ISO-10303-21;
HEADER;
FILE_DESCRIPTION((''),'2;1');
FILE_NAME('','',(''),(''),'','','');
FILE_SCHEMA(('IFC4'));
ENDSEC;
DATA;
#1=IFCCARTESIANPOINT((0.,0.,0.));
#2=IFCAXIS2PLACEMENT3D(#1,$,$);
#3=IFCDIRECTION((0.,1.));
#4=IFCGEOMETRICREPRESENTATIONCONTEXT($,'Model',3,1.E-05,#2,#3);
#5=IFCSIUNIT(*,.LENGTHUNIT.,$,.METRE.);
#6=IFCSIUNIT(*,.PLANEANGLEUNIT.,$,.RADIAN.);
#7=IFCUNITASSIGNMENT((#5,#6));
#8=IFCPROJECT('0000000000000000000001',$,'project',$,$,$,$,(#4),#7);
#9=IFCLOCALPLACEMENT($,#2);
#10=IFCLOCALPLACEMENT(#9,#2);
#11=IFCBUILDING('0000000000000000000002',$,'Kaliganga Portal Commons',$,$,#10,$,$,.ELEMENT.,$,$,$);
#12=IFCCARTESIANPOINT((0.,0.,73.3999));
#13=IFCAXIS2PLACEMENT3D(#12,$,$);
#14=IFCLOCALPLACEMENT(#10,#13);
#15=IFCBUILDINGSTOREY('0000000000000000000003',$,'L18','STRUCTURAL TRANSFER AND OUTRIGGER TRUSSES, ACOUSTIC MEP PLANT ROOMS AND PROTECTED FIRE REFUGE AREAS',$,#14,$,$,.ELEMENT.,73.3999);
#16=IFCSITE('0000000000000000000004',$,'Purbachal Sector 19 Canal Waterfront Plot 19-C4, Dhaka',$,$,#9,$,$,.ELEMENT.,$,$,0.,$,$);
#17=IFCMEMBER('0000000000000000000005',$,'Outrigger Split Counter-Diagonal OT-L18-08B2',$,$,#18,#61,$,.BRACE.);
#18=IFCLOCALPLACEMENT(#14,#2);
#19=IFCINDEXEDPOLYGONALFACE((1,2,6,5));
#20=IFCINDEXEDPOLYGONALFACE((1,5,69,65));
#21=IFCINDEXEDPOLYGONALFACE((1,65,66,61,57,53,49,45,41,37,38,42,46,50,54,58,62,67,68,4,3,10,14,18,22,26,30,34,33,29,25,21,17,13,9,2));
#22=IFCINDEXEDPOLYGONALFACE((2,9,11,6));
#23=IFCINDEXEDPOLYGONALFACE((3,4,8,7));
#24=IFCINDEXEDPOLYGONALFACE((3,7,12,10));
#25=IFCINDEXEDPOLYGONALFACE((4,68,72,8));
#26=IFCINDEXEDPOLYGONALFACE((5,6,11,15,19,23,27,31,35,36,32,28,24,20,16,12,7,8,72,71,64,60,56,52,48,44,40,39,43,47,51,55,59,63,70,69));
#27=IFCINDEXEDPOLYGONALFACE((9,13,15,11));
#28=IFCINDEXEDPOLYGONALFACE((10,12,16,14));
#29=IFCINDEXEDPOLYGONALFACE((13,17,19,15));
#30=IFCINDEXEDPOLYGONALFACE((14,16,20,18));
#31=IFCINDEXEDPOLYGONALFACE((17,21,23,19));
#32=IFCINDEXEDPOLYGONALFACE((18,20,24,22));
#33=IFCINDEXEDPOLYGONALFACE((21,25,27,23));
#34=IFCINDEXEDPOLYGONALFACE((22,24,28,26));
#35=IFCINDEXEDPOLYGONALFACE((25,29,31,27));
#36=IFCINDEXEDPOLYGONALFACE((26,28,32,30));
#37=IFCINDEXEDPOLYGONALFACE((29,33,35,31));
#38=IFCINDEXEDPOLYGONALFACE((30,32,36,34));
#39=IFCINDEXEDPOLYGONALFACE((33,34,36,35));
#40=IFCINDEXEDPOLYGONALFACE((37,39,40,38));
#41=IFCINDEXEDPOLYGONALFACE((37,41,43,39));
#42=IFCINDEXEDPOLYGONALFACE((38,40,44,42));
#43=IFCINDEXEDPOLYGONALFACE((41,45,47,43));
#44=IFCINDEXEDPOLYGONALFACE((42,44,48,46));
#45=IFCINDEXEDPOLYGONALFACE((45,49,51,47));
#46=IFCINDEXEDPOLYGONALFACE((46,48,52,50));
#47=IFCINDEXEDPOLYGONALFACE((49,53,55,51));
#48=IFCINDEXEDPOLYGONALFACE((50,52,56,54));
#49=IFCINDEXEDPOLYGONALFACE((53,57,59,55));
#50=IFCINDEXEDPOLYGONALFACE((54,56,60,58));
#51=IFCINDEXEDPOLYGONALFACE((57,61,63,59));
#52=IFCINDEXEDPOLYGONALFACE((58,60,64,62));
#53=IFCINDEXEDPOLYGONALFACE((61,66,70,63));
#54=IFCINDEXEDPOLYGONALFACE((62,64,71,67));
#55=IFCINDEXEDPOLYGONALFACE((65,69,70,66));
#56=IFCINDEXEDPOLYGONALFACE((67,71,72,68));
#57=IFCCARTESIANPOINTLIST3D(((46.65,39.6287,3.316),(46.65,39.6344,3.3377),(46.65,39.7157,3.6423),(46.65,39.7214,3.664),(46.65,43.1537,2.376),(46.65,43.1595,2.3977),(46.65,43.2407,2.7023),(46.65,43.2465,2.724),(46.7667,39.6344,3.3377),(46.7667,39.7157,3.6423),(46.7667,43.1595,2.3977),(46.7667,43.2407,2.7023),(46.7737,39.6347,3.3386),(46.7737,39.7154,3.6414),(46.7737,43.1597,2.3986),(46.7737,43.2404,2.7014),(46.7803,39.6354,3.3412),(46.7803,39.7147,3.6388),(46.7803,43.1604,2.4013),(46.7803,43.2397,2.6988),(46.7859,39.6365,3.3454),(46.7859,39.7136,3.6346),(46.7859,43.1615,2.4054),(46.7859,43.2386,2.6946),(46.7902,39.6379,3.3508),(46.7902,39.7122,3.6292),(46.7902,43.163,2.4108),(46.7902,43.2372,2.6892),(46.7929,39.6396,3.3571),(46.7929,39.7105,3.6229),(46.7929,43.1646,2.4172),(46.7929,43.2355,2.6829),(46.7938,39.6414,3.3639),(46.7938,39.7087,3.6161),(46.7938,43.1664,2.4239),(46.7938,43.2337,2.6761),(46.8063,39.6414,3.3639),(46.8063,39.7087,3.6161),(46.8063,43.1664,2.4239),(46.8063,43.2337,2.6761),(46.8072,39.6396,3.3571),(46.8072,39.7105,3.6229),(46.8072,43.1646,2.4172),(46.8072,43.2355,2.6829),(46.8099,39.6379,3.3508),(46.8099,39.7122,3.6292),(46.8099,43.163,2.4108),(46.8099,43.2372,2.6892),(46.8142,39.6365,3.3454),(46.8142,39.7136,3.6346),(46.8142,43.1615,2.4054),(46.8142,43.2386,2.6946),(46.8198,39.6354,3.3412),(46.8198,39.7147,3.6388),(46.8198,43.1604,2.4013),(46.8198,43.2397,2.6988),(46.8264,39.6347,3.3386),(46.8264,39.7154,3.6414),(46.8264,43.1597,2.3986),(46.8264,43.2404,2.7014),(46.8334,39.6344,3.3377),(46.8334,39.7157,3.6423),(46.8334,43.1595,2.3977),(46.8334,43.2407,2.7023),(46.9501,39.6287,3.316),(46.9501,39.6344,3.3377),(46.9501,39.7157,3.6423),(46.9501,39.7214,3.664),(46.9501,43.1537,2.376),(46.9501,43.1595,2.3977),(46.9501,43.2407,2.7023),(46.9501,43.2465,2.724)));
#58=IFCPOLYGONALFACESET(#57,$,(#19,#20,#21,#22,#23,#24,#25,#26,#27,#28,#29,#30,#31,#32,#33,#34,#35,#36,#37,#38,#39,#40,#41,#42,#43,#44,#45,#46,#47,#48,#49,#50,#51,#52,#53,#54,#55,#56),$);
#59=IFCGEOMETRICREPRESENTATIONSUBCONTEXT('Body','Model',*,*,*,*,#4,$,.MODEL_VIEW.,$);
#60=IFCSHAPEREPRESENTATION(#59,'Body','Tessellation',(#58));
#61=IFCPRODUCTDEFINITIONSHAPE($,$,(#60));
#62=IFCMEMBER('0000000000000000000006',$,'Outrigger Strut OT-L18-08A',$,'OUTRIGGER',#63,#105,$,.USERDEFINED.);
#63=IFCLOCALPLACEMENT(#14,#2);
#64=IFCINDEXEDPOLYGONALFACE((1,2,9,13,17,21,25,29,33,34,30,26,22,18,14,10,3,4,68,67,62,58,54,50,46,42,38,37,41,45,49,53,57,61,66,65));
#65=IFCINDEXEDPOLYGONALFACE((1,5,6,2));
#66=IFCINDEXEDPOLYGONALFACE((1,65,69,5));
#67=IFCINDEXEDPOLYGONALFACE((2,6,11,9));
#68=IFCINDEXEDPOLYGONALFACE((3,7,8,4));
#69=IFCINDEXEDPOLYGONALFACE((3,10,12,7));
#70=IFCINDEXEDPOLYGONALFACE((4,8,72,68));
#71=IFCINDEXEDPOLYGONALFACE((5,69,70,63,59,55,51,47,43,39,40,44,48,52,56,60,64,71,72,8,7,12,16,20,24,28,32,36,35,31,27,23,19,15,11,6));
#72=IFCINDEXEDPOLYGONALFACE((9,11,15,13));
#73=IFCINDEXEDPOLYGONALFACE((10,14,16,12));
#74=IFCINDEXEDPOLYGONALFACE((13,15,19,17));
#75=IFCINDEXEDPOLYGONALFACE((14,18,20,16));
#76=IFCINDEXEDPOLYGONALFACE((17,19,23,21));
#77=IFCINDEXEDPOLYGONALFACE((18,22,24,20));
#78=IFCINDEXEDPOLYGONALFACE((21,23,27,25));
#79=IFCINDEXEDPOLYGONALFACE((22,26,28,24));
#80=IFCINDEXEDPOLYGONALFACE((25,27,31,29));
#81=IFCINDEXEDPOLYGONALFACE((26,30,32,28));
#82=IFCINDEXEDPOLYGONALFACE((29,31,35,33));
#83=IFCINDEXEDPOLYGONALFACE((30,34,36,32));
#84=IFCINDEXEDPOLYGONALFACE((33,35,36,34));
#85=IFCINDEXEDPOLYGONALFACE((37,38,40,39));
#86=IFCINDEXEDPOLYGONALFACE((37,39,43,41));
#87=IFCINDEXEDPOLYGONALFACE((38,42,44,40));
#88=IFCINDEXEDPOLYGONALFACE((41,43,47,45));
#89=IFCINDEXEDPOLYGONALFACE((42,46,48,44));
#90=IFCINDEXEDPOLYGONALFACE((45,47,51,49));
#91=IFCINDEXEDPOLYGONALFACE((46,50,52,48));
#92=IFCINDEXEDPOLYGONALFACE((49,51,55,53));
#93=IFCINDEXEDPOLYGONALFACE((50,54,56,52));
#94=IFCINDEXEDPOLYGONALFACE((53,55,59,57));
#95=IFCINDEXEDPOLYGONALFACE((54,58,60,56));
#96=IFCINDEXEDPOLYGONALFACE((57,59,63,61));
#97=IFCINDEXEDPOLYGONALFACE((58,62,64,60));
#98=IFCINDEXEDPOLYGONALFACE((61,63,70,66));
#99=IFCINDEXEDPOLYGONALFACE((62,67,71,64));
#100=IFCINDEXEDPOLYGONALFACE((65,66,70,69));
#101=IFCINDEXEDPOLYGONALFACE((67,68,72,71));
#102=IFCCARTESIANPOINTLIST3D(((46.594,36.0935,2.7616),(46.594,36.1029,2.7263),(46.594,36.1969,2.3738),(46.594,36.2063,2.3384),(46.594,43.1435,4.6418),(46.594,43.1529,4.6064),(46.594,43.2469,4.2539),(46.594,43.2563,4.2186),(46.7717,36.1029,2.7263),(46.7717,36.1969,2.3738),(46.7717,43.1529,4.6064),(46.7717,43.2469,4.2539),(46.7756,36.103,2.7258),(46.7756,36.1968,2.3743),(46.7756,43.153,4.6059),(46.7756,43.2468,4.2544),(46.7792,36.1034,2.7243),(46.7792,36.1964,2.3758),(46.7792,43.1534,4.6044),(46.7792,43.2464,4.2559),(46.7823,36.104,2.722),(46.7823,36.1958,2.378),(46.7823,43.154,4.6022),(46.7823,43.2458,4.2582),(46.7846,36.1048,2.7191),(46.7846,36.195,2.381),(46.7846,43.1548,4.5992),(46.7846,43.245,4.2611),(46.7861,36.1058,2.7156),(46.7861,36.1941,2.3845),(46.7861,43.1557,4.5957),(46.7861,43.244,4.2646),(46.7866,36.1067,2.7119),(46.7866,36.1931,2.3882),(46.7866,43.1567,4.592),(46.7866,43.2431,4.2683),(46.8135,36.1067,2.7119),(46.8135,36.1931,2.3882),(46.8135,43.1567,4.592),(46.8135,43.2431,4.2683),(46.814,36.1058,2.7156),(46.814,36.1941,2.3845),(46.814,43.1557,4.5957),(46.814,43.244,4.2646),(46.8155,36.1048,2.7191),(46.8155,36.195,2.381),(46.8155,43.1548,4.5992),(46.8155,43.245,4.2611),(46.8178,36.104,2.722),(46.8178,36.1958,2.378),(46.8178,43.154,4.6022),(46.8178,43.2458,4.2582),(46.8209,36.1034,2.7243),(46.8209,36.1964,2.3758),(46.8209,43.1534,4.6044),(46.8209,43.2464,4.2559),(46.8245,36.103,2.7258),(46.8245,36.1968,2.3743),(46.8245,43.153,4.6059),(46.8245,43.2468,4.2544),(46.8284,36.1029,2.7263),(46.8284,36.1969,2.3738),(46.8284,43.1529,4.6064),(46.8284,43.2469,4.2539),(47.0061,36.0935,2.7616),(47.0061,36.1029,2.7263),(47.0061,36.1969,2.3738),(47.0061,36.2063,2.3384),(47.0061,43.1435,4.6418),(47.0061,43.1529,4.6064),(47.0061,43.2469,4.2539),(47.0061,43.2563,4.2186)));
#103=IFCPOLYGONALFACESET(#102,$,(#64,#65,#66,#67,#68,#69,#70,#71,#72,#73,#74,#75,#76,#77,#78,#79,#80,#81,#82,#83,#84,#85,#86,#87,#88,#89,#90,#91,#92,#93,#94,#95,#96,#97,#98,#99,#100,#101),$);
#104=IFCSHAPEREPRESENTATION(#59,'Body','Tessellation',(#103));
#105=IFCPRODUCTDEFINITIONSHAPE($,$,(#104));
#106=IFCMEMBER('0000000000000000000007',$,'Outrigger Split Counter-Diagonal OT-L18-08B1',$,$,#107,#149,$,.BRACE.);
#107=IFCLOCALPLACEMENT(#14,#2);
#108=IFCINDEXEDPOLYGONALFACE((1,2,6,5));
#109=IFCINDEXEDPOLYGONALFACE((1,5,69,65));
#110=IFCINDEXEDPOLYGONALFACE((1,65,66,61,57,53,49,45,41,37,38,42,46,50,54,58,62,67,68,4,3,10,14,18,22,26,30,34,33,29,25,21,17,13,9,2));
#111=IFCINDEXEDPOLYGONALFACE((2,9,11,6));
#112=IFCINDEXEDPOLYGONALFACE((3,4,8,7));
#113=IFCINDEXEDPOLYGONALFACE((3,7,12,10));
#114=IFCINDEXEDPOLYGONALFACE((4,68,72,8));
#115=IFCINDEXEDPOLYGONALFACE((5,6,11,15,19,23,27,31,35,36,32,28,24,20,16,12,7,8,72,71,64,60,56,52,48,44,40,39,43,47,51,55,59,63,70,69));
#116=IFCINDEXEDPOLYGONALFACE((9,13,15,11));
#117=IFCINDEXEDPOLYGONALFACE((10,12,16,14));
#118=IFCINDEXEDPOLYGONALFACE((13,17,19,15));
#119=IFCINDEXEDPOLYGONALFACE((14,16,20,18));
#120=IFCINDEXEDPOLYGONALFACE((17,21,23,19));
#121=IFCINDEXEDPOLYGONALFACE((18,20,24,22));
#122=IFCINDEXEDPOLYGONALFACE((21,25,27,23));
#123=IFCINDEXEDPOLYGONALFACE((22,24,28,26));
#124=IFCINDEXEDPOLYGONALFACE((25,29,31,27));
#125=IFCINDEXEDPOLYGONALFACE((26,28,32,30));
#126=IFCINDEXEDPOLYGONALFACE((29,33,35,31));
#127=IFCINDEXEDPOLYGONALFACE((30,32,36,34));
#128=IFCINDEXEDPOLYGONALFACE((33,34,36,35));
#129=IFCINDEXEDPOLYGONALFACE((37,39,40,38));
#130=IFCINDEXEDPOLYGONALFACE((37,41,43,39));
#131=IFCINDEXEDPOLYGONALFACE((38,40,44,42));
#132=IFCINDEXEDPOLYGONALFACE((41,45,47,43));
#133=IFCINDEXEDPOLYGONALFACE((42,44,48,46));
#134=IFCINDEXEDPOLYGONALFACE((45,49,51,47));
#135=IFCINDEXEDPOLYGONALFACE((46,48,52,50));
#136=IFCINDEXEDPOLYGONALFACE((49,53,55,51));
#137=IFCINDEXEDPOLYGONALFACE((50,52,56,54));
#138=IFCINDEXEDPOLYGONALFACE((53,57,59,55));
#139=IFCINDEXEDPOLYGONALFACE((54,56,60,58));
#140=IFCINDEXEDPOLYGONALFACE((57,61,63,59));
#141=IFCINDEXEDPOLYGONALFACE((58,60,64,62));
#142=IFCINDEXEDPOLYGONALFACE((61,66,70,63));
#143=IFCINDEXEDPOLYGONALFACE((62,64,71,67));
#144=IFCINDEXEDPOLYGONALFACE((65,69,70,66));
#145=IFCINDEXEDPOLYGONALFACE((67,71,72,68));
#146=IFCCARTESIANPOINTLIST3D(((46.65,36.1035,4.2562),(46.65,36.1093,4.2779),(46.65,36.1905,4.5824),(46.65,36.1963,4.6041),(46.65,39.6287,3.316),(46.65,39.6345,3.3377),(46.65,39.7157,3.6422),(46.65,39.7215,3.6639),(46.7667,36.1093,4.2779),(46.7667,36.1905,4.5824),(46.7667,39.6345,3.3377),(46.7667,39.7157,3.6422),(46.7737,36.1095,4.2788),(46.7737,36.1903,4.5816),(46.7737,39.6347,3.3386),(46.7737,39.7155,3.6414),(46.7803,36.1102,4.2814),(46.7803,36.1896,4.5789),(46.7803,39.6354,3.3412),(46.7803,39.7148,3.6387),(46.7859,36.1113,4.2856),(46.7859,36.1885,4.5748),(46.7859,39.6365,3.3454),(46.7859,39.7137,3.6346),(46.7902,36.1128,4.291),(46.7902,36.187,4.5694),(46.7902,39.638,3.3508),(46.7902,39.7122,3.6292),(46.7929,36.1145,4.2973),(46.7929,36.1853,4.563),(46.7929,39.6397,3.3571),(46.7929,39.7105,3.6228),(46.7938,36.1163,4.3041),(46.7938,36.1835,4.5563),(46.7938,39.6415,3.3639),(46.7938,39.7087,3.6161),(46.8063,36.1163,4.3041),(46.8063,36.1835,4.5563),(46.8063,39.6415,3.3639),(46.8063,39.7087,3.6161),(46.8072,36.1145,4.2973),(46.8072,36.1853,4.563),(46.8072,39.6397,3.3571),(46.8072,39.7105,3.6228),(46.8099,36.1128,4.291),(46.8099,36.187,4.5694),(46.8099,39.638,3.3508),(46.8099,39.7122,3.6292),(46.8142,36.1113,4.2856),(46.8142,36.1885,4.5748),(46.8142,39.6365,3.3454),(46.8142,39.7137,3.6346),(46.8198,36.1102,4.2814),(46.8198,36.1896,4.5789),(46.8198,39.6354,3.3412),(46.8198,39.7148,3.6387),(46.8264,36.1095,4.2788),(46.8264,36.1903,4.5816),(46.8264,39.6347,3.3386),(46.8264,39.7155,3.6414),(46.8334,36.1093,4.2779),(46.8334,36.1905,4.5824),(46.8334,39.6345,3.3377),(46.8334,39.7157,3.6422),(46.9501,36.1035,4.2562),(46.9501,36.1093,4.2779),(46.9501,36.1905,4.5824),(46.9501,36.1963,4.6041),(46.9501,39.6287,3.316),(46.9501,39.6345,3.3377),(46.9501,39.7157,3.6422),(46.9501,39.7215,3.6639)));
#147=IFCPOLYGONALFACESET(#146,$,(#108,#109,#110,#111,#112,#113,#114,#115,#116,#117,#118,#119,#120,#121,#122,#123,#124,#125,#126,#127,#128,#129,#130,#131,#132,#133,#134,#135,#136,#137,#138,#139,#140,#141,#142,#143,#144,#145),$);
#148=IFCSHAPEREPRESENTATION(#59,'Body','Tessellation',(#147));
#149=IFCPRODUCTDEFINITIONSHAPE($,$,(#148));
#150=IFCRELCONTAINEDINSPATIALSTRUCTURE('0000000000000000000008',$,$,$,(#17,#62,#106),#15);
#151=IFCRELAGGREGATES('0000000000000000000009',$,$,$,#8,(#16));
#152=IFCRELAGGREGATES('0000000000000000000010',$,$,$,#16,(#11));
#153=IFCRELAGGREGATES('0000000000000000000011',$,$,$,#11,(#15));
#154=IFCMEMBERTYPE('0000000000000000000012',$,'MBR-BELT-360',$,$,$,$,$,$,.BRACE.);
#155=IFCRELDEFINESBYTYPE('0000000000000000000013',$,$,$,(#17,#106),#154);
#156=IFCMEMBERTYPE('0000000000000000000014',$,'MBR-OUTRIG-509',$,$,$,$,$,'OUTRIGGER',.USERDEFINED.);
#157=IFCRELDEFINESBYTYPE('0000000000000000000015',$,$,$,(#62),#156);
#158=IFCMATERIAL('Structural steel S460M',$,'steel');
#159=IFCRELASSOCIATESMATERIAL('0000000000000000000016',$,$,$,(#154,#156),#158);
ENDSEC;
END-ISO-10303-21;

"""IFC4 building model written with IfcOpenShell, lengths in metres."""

from ifc_helpers import new_model, si_unit, direction, frame, origin, origin_2d, place, context, subcontext, project, spatial, i_section, extrude, source, transform, mapped, material, material_profile, profile_set, type_object, element, save


model = new_model("IFC4")

# Units and contexts
model_context = context("Model", 3, precision=1e-05, world=origin(), true_north=direction((0.0, 1.0)))
body_context = subcontext(model_context, "Body", "Model", "MODEL_VIEW")
ifc_project = project(units=[si_unit("LENGTHUNIT", "METRE"), si_unit("PLANEANGLEUNIT", "RADIAN")], contexts=[model_context])

# Site, building, storey
site_placement = place(None, origin())
site = spatial("IfcSite", under=ifc_project, at=site_placement, Name="Purbachal Sector 19 Canal Waterfront Plot 19-C4, Dhaka", CompositionType="ELEMENT", RefElevation=0.0)
building_placement = place(site_placement, origin())
building = spatial("IfcBuilding", under=site, at=building_placement, Name="Kaliganga Portal Commons", CompositionType="ELEMENT")
storey_placement = place(building_placement, frame((0.0, 0.0, 73.3999)))
storey = spatial("IfcBuildingStorey", under=building, at=storey_placement, Name="L18", Description="STRUCTURAL TRANSFER AND OUTRIGGER TRUSSES, ACOUSTIC MEP PLANT ROOMS AND PROTECTED FIRE REFUGE AREAS", CompositionType="ELEMENT", Elevation=73.3999)

# Shared definitions
ifc_material_1 = material(Name="Structural steel S460M", Category="steel")

# Members
ifc_material_profile_1 = material_profile(ifc_material_1, i_section(OverallWidth=0.3, OverallDepth=0.3601, WebThickness=0.0125, FlangeThickness=0.0225, FilletRadius=0.0271, at=origin_2d()), Name="HE 360 B")
ifc_profile_set_1 = profile_set([ifc_material_profile_1], Name="Structural steel S460M wide-flange")
member_type_1 = type_object("IfcMemberType", Name="MBR-BELT-360", PredefinedType="BRACE", material=ifc_profile_set_1)
shared_shape_1 = source(origin(), body_context, "Body", "SweptSolid", [
    extrude(i_section(OverallWidth=0.3, OverallDepth=0.3601, WebThickness=0.0125, FlangeThickness=0.0225, FilletRadius=0.0271, at=origin_2d()), origin(), (0.0, 0.0, 1.0), 3.6482),
])
member_1_placement = place(storey_placement, frame((46.8, 39.675, 3.49), z_axis=(0.0, 0.966237, -0.257654), x_axis=(-1.0, 0.0, 0.0)))
element("IfcMember", 1, at=member_1_placement, inside=storey, type_object=member_type_1, Name="Outrigger Split Counter-Diagonal OT-L18-08B2", PredefinedType="BRACE", context=body_context, shape_type="MappedRepresentation", body=[
    mapped(shared_shape_1, transform((0.0, 0.0, 0.0), x_axis=(1.0, 0.0, 0.0), y_axis=(0.0, 1.0, 0.0), z_axis=(0.0, 0.0, 1.0), scale=1.0)),
])
ifc_material_profile_2 = material_profile(ifc_material_1, i_section(OverallWidth=0.4121, OverallDepth=0.438, WebThickness=0.0269, FlangeThickness=0.0366, FilletRadius=0.0149, at=origin_2d()), Name="HD 400x463")
ifc_profile_set_2 = profile_set([ifc_material_profile_2], Name="Structural steel S460M wide-flange")
member_type_2 = type_object("IfcMemberType", Name="MBR-OUTRIG-509", ElementType="OUTRIGGER", PredefinedType="USERDEFINED", material=ifc_profile_set_2)
shared_shape_2 = source(origin(), body_context, "Body", "SweptSolid", [
    extrude(i_section(OverallWidth=0.4121, OverallDepth=0.438, WebThickness=0.0269, FlangeThickness=0.0366, FilletRadius=0.0149, at=origin_2d()), origin(), (0.0, 0.0, 1.0), 7.2964),
])
member_2_placement = place(storey_placement, frame((46.8, 36.1499, 2.55), z_axis=(0.0, 0.966231, 0.257677), x_axis=(-1.0, 0.0, 0.0)))
element("IfcMember", 2, at=member_2_placement, inside=storey, type_object=member_type_2, Name="Outrigger Strut OT-L18-08A", ObjectType="OUTRIGGER", PredefinedType="USERDEFINED", context=body_context, shape_type="MappedRepresentation", body=[
    mapped(shared_shape_2, transform((0.0, 0.0, 0.0), x_axis=(1.0, 0.0, 0.0), y_axis=(0.0, 1.0, 0.0), z_axis=(0.0, 0.0, 1.0), scale=1.0)),
])
shared_shape_3 = source(origin(), body_context, "Body", "SweptSolid", [
    extrude(i_section(OverallWidth=0.3, OverallDepth=0.3601, WebThickness=0.0125, FlangeThickness=0.0225, FilletRadius=0.0271, at=origin_2d()), origin(), (0.0, 0.0, 1.0), 3.6484),
])
member_3_placement = place(storey_placement, frame((46.8, 36.1499, 4.4302), z_axis=(0.0, 0.966225, -0.2577), x_axis=(-1.0, 0.0, 0.0)))
element("IfcMember", 3, at=member_3_placement, inside=storey, type_object=member_type_1, Name="Outrigger Split Counter-Diagonal OT-L18-08B1", PredefinedType="BRACE", context=body_context, shape_type="MappedRepresentation", body=[
    mapped(shared_shape_3, transform((0.0, 0.0, 0.0), x_axis=(1.0, 0.0, 0.0), y_axis=(0.0, 1.0, 0.0), z_axis=(0.0, 0.0, 1.0), scale=1.0)),
])

save(model, "model.ifc")
